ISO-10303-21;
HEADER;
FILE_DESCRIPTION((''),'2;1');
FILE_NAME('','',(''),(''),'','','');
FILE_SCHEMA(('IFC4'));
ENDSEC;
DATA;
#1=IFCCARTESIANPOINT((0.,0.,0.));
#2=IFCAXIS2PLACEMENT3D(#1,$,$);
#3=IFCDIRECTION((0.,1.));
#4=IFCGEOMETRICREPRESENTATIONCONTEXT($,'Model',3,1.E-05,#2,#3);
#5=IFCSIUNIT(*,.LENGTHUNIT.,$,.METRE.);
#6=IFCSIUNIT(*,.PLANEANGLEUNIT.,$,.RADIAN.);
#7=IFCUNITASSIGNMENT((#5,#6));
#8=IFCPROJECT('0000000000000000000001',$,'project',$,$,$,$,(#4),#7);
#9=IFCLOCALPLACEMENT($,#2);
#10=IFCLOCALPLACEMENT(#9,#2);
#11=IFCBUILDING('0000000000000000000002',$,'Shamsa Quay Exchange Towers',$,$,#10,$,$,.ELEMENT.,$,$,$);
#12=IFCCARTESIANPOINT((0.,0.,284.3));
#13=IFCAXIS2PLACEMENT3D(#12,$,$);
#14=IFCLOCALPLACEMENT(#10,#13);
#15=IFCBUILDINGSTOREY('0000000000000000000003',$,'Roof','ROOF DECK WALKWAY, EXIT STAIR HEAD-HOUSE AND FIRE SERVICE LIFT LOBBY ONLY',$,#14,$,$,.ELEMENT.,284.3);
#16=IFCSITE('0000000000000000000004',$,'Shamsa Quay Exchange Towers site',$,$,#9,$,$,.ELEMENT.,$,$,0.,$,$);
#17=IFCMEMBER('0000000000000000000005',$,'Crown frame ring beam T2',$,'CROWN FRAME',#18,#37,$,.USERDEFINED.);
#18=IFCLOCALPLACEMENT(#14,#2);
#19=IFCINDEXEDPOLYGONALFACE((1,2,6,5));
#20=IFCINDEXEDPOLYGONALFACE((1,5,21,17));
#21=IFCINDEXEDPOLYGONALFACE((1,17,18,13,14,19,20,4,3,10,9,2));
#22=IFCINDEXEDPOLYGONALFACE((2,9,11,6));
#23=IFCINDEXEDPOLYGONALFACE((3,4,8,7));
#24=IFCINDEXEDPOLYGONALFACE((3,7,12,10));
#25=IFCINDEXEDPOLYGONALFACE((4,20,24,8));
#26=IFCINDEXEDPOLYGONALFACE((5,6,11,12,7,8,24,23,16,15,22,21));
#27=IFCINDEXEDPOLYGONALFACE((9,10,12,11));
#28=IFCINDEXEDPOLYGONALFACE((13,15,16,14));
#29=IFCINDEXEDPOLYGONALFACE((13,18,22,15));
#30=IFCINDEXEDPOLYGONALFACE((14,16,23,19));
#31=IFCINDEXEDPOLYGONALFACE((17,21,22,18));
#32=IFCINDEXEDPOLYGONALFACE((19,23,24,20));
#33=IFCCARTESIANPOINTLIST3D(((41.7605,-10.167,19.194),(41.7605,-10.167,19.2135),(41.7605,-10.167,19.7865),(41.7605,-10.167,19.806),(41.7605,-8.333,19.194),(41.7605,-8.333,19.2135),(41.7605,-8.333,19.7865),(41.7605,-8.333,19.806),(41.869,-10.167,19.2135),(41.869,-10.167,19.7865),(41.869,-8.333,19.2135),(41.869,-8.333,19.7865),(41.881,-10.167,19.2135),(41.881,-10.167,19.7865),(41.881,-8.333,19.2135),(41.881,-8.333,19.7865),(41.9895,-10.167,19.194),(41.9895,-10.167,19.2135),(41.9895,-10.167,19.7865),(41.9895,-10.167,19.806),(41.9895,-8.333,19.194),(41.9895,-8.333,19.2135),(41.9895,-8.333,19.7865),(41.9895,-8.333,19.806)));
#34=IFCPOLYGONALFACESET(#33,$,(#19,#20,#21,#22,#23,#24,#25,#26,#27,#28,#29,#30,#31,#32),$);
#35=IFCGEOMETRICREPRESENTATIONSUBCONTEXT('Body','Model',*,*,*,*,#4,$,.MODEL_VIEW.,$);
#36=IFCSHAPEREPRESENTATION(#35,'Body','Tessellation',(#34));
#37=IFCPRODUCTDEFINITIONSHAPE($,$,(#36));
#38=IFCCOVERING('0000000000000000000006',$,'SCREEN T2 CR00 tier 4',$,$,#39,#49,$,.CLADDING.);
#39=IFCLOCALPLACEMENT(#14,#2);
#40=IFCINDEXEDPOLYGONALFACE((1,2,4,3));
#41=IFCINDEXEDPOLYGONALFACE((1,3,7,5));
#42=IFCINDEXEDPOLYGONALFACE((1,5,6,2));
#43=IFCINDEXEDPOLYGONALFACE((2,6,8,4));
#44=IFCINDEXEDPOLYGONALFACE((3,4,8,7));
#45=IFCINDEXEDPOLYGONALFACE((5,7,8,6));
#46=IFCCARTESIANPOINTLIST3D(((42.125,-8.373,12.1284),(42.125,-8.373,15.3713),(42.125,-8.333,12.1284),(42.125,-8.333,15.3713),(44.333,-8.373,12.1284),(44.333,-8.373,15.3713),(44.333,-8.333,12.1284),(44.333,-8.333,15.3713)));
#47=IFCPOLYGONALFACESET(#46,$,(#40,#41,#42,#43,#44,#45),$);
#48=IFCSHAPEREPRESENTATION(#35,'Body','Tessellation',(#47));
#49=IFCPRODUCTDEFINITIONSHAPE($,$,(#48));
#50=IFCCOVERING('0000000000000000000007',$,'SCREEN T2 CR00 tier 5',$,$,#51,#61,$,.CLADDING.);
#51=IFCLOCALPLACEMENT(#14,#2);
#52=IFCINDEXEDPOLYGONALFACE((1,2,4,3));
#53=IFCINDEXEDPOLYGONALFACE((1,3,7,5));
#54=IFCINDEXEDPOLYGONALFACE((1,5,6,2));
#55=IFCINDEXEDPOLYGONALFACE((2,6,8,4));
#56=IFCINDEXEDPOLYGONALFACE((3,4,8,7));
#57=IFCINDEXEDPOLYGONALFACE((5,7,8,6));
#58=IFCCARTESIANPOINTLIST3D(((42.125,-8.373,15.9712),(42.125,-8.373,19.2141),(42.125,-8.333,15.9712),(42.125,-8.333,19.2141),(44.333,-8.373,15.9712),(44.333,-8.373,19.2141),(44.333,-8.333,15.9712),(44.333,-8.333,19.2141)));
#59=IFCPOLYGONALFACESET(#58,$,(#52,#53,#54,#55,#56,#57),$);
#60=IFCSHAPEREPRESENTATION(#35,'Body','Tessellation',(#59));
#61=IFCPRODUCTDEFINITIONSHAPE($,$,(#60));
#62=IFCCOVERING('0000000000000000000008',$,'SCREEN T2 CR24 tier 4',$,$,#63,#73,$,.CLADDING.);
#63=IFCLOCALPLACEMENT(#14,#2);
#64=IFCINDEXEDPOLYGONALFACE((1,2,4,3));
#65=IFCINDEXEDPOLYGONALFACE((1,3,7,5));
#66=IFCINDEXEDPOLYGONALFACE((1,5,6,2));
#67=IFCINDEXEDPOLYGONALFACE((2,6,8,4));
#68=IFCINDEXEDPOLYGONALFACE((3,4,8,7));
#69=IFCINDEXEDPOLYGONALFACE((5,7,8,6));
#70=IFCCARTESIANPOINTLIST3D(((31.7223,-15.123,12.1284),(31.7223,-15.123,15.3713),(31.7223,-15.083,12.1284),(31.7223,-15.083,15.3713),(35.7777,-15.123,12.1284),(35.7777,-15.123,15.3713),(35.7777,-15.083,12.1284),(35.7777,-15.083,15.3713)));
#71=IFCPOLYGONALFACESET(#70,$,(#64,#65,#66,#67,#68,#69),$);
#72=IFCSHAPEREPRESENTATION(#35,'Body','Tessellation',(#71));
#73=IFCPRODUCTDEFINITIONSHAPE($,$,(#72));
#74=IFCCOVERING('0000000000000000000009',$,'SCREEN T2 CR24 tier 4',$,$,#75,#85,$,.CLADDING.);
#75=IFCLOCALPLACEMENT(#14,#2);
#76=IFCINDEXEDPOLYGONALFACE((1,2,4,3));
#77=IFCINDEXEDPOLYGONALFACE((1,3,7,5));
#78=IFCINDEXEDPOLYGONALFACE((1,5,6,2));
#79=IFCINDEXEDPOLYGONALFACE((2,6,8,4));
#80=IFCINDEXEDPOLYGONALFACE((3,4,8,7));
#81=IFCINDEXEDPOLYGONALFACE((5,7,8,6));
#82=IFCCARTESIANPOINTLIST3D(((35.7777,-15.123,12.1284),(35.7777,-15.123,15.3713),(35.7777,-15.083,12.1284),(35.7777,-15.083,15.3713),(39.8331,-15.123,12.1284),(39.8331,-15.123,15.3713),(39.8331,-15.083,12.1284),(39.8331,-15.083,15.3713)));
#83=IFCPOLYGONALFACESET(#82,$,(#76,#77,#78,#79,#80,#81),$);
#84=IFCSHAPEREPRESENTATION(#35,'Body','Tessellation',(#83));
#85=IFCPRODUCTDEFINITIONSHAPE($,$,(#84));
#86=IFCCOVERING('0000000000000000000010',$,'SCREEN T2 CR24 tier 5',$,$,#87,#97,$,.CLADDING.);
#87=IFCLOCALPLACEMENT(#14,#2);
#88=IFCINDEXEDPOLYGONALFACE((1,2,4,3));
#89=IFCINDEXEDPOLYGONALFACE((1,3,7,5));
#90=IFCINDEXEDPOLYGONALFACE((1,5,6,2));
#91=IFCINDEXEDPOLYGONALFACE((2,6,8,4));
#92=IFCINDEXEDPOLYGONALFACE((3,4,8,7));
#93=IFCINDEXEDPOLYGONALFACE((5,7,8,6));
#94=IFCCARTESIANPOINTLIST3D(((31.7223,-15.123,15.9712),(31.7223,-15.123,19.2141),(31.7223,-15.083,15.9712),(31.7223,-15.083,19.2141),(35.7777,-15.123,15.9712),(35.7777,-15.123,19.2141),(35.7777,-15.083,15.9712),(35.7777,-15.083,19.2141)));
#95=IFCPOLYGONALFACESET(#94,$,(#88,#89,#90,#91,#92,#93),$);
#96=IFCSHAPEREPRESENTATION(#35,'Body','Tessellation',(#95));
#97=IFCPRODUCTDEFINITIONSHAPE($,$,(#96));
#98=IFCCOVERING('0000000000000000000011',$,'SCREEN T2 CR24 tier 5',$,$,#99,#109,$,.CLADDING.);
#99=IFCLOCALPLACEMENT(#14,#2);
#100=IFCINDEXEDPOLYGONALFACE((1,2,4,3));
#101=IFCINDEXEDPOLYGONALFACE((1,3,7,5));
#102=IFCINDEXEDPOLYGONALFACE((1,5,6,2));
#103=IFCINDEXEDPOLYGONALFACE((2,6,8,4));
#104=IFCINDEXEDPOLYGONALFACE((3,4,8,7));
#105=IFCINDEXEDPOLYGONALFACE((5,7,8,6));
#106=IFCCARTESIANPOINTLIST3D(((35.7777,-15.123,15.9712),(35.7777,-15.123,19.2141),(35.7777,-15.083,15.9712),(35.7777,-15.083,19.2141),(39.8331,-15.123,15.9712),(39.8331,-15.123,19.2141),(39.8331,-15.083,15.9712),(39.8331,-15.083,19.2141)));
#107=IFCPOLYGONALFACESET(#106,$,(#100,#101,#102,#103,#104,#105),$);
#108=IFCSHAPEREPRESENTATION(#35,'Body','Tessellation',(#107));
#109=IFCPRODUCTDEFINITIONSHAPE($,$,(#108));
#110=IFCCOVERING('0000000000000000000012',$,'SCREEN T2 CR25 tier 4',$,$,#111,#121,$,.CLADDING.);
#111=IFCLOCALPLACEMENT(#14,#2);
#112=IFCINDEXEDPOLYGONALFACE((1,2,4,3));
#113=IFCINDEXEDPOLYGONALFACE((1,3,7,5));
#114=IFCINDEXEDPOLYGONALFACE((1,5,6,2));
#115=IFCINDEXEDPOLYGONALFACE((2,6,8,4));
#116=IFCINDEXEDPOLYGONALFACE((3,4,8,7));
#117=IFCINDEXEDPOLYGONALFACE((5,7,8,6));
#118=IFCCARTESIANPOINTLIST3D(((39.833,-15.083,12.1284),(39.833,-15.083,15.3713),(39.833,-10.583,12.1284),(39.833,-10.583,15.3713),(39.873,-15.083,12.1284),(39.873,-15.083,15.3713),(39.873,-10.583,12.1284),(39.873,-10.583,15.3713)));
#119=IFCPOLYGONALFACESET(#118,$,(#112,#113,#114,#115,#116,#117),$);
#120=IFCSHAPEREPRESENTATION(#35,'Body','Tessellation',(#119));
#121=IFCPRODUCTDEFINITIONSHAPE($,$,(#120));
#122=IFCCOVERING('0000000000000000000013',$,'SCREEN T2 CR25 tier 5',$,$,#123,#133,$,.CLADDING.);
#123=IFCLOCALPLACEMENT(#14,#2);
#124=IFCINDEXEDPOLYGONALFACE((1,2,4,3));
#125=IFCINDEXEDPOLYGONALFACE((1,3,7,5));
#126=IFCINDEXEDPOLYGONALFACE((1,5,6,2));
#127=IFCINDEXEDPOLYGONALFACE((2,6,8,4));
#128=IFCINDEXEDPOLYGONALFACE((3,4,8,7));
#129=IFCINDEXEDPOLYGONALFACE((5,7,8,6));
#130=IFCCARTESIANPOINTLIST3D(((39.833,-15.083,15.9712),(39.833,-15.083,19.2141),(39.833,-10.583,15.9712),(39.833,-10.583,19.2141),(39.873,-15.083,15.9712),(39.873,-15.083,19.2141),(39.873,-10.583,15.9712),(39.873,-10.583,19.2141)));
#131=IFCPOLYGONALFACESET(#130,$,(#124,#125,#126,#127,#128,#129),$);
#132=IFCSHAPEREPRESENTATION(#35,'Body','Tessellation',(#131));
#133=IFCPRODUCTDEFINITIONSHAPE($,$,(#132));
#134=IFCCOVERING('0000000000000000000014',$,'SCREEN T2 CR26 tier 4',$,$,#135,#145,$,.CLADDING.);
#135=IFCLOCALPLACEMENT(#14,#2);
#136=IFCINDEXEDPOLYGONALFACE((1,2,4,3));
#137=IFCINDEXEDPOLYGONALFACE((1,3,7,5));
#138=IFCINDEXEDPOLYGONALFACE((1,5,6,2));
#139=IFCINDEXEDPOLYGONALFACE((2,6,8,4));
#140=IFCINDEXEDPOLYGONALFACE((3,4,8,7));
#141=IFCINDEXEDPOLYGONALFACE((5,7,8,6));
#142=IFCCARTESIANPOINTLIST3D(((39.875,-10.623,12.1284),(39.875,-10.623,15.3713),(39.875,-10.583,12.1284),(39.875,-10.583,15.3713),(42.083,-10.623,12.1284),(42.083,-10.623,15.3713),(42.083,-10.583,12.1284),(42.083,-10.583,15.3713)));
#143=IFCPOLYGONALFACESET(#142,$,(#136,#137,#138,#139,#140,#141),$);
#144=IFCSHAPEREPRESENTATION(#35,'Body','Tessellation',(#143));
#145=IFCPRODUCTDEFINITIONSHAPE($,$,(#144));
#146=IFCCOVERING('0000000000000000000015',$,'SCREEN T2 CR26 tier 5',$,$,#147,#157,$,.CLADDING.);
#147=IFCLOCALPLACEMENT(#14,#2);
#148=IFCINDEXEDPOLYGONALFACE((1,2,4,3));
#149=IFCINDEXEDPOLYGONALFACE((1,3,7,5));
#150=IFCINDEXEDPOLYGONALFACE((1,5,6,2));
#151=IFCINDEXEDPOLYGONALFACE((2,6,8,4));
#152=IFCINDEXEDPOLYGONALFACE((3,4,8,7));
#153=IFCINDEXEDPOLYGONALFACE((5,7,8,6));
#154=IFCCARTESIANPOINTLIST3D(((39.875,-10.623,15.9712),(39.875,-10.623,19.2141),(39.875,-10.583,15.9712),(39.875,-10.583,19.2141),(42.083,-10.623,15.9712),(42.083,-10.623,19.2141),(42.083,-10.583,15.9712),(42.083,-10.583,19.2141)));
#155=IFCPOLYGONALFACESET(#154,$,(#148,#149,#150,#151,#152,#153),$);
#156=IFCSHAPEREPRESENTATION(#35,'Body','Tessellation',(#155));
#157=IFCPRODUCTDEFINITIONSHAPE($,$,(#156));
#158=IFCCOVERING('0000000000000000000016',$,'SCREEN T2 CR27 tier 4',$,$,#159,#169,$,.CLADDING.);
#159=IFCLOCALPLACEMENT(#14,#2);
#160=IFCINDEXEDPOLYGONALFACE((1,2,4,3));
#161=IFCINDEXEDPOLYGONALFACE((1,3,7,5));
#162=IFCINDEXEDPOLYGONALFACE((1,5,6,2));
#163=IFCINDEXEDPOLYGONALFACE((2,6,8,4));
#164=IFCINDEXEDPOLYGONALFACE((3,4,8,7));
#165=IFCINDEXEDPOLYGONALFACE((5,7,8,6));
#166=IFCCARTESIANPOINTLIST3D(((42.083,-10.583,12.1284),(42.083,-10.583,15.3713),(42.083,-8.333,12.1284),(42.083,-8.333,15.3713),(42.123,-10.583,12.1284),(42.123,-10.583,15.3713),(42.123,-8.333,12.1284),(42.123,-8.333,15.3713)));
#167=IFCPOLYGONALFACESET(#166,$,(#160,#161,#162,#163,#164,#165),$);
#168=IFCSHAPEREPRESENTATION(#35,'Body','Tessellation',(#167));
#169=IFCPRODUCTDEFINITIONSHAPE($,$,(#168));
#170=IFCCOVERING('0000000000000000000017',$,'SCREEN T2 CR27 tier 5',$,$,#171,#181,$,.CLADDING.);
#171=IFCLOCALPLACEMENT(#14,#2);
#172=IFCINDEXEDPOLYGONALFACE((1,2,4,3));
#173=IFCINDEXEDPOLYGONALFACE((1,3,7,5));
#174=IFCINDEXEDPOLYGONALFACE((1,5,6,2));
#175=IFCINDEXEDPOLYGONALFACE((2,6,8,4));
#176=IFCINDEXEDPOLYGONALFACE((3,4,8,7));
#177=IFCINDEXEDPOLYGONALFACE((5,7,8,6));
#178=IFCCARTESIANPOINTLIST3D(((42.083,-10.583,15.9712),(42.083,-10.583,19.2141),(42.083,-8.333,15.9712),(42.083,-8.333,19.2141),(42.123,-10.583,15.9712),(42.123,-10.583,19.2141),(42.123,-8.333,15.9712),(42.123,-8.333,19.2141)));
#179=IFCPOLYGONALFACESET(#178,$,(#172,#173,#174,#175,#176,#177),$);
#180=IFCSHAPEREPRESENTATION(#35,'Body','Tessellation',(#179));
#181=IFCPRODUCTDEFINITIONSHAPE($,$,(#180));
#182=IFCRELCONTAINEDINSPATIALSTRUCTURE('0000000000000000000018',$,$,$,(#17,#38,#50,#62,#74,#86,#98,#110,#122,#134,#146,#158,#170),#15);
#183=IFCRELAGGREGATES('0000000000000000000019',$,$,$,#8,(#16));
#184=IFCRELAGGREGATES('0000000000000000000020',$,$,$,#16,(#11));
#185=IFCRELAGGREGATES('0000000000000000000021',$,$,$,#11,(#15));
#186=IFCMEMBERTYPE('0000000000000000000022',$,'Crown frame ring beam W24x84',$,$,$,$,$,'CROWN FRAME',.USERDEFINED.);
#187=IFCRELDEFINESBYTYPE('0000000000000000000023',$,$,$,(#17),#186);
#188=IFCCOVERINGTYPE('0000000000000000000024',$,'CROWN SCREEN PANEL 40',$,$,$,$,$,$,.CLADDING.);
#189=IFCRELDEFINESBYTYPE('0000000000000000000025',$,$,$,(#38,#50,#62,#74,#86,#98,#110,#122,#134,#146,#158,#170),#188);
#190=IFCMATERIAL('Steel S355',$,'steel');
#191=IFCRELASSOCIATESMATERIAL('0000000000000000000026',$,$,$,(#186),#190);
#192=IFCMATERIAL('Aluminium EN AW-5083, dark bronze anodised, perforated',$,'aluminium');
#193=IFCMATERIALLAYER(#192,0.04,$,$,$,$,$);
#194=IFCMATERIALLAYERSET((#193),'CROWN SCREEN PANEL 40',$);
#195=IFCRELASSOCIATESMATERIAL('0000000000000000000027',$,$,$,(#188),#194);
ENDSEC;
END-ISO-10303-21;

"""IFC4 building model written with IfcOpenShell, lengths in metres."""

from ifc_helpers import new_model, si_unit, direction, frame, origin, origin_2d, place, context, subcontext, project, spatial, rectangle, i_section, extrude, material, layer, layer_set, material_profile, profile_set, type_object, element, save


model = new_model("IFC4")

# Units and contexts
model_context = context("Model", 3, precision=1e-05, world=origin(), true_north=direction((0.0, 1.0)))
body_context = subcontext(model_context, "Body", "Model", "MODEL_VIEW")
ifc_project = project(units=[si_unit("LENGTHUNIT", "METRE"), si_unit("PLANEANGLEUNIT", "RADIAN")], contexts=[model_context])

# Site, building, storey
site_placement = place(None, origin())
site = spatial("IfcSite", under=ifc_project, at=site_placement, Name="Shamsa Quay Exchange Towers site", CompositionType="ELEMENT", RefElevation=0.0)
building_placement = place(site_placement, origin())
building = spatial("IfcBuilding", under=site, at=building_placement, Name="Shamsa Quay Exchange Towers", CompositionType="ELEMENT")
storey_placement = place(building_placement, frame((0.0, 0.0, 284.3)))
storey = spatial("IfcBuildingStorey", under=building, at=storey_placement, Name="Roof", Description="ROOF DECK WALKWAY, EXIT STAIR HEAD-HOUSE AND FIRE SERVICE LIFT LOBBY ONLY", CompositionType="ELEMENT", Elevation=284.3)

# Member
ifc_material_1 = material(Name="Steel S355", Category="steel")
ifc_material_profile_1 = material_profile(ifc_material_1, i_section(OverallWidth=0.229, OverallDepth=0.6121, WebThickness=0.012, FlangeThickness=0.0195, at=origin_2d()), Name="W24x84")
ifc_profile_set_1 = profile_set([ifc_material_profile_1], Name="Steel S355")
member_type_1 = type_object("IfcMemberType", Name="Crown frame ring beam W24x84", ElementType="CROWN FRAME", PredefinedType="USERDEFINED", material=ifc_profile_set_1)
member_1_placement = place(storey_placement, frame((41.875, -10.167, 19.5), z_axis=(0.0, 1.0, 0.0), x_axis=(-1.0, 0.0, 0.0)))
element("IfcMember", 1, at=member_1_placement, inside=storey, type_object=member_type_1, Name="Crown frame ring beam T2", ObjectType="CROWN FRAME", PredefinedType="USERDEFINED", context=body_context, shape_type="SweptSolid", body=[
    extrude(i_section(OverallWidth=0.229, OverallDepth=0.6121, WebThickness=0.012, FlangeThickness=0.0195, at=origin_2d()), origin(), (0.0, 0.0, 1.0), 1.834),
])

# Coverings
ifc_material_2 = material(Name="Aluminium EN AW-5083, dark bronze anodised, perforated", Category="aluminium")
ifc_layer = layer(ifc_material_2, 0.04)
ifc_layer_set = layer_set([ifc_layer], Name="CROWN SCREEN PANEL 40")
covering_type = type_object("IfcCoveringType", Name="CROWN SCREEN PANEL 40", PredefinedType="CLADDING", material=ifc_layer_set)
for number, where, name in (
    (2, (43.229, -8.353, 12.1284), "SCREEN T2 CR00 tier 4"),
    (3, (43.229, -8.353, 15.9712), "SCREEN T2 CR00 tier 5"),
):
    element("IfcCovering", number, at=place(storey_placement, frame(where)), inside=storey, type_object=covering_type, Name=name, PredefinedType="CLADDING", context=body_context, shape_type="SweptSolid", body=[
        extrude(rectangle(XDim=2.208, YDim=0.04, at=origin_2d()), origin(), (0.0, 0.0, 1.0), 3.2429),
    ])
for number, where, name in (
    (4, (33.75, -15.103, 12.1284), "SCREEN T2 CR24 tier 4"),
    (5, (37.8054, -15.103, 12.1284), "SCREEN T2 CR24 tier 4"),
    (6, (33.75, -15.103, 15.9712), "SCREEN T2 CR24 tier 5"),
    (7, (37.8054, -15.103, 15.9712), "SCREEN T2 CR24 tier 5"),
):
    element("IfcCovering", number, at=place(storey_placement, frame(where)), inside=storey, type_object=covering_type, Name=name, PredefinedType="CLADDING", context=body_context, shape_type="SweptSolid", body=[
        extrude(rectangle(XDim=4.0554, YDim=0.04, at=origin_2d()), origin(), (0.0, 0.0, 1.0), 3.2429),
    ])
for number, where, z_axis, x_axis, name in (
    (8, (39.853, -12.833, 12.1284), (0.0, 0.0, 1.0), (0.0, 1.0, 0.0), "SCREEN T2 CR25 tier 4"),
    (9, (39.853, -12.833, 15.9712), (0.0, 0.0, 1.0), (0.0, 1.0, 0.0), "SCREEN T2 CR25 tier 5"),
):
    element("IfcCovering", number, at=place(storey_placement, frame(where, z_axis=z_axis, x_axis=x_axis)), inside=storey, type_object=covering_type, Name=name, PredefinedType="CLADDING", context=body_context, shape_type="SweptSolid", body=[
        extrude(rectangle(XDim=4.5, YDim=0.04, at=origin_2d()), origin(), (0.0, 0.0, 1.0), 3.2429),
    ])
for number, where, name in (
    (10, (40.979, -10.603, 12.1284), "SCREEN T2 CR26 tier 4"),
    (11, (40.979, -10.603, 15.9712), "SCREEN T2 CR26 tier 5"),
):
    element("IfcCovering", number, at=place(storey_placement, frame(where)), inside=storey, type_object=covering_type, Name=name, PredefinedType="CLADDING", context=body_context, shape_type="SweptSolid", body=[
        extrude(rectangle(XDim=2.208, YDim=0.04, at=origin_2d()), origin(), (0.0, 0.0, 1.0), 3.2429),
    ])
for number, where, z_axis, x_axis, name in (
    (12, (42.103, -9.458, 12.1284), (0.0, 0.0, 1.0), (0.0, 1.0, 0.0), "SCREEN T2 CR27 tier 4"),
    (13, (42.103, -9.458, 15.9712), (0.0, 0.0, 1.0), (0.0, 1.0, 0.0), "SCREEN T2 CR27 tier 5"),
):
    element("IfcCovering", number, at=place(storey_placement, frame(where, z_axis=z_axis, x_axis=x_axis)), inside=storey, type_object=covering_type, Name=name, PredefinedType="CLADDING", context=body_context, shape_type="SweptSolid", body=[
        extrude(rectangle(XDim=2.25, YDim=0.04, at=origin_2d()), origin(), (0.0, 0.0, 1.0), 3.2429),
    ])

save(model, "model.ifc")
